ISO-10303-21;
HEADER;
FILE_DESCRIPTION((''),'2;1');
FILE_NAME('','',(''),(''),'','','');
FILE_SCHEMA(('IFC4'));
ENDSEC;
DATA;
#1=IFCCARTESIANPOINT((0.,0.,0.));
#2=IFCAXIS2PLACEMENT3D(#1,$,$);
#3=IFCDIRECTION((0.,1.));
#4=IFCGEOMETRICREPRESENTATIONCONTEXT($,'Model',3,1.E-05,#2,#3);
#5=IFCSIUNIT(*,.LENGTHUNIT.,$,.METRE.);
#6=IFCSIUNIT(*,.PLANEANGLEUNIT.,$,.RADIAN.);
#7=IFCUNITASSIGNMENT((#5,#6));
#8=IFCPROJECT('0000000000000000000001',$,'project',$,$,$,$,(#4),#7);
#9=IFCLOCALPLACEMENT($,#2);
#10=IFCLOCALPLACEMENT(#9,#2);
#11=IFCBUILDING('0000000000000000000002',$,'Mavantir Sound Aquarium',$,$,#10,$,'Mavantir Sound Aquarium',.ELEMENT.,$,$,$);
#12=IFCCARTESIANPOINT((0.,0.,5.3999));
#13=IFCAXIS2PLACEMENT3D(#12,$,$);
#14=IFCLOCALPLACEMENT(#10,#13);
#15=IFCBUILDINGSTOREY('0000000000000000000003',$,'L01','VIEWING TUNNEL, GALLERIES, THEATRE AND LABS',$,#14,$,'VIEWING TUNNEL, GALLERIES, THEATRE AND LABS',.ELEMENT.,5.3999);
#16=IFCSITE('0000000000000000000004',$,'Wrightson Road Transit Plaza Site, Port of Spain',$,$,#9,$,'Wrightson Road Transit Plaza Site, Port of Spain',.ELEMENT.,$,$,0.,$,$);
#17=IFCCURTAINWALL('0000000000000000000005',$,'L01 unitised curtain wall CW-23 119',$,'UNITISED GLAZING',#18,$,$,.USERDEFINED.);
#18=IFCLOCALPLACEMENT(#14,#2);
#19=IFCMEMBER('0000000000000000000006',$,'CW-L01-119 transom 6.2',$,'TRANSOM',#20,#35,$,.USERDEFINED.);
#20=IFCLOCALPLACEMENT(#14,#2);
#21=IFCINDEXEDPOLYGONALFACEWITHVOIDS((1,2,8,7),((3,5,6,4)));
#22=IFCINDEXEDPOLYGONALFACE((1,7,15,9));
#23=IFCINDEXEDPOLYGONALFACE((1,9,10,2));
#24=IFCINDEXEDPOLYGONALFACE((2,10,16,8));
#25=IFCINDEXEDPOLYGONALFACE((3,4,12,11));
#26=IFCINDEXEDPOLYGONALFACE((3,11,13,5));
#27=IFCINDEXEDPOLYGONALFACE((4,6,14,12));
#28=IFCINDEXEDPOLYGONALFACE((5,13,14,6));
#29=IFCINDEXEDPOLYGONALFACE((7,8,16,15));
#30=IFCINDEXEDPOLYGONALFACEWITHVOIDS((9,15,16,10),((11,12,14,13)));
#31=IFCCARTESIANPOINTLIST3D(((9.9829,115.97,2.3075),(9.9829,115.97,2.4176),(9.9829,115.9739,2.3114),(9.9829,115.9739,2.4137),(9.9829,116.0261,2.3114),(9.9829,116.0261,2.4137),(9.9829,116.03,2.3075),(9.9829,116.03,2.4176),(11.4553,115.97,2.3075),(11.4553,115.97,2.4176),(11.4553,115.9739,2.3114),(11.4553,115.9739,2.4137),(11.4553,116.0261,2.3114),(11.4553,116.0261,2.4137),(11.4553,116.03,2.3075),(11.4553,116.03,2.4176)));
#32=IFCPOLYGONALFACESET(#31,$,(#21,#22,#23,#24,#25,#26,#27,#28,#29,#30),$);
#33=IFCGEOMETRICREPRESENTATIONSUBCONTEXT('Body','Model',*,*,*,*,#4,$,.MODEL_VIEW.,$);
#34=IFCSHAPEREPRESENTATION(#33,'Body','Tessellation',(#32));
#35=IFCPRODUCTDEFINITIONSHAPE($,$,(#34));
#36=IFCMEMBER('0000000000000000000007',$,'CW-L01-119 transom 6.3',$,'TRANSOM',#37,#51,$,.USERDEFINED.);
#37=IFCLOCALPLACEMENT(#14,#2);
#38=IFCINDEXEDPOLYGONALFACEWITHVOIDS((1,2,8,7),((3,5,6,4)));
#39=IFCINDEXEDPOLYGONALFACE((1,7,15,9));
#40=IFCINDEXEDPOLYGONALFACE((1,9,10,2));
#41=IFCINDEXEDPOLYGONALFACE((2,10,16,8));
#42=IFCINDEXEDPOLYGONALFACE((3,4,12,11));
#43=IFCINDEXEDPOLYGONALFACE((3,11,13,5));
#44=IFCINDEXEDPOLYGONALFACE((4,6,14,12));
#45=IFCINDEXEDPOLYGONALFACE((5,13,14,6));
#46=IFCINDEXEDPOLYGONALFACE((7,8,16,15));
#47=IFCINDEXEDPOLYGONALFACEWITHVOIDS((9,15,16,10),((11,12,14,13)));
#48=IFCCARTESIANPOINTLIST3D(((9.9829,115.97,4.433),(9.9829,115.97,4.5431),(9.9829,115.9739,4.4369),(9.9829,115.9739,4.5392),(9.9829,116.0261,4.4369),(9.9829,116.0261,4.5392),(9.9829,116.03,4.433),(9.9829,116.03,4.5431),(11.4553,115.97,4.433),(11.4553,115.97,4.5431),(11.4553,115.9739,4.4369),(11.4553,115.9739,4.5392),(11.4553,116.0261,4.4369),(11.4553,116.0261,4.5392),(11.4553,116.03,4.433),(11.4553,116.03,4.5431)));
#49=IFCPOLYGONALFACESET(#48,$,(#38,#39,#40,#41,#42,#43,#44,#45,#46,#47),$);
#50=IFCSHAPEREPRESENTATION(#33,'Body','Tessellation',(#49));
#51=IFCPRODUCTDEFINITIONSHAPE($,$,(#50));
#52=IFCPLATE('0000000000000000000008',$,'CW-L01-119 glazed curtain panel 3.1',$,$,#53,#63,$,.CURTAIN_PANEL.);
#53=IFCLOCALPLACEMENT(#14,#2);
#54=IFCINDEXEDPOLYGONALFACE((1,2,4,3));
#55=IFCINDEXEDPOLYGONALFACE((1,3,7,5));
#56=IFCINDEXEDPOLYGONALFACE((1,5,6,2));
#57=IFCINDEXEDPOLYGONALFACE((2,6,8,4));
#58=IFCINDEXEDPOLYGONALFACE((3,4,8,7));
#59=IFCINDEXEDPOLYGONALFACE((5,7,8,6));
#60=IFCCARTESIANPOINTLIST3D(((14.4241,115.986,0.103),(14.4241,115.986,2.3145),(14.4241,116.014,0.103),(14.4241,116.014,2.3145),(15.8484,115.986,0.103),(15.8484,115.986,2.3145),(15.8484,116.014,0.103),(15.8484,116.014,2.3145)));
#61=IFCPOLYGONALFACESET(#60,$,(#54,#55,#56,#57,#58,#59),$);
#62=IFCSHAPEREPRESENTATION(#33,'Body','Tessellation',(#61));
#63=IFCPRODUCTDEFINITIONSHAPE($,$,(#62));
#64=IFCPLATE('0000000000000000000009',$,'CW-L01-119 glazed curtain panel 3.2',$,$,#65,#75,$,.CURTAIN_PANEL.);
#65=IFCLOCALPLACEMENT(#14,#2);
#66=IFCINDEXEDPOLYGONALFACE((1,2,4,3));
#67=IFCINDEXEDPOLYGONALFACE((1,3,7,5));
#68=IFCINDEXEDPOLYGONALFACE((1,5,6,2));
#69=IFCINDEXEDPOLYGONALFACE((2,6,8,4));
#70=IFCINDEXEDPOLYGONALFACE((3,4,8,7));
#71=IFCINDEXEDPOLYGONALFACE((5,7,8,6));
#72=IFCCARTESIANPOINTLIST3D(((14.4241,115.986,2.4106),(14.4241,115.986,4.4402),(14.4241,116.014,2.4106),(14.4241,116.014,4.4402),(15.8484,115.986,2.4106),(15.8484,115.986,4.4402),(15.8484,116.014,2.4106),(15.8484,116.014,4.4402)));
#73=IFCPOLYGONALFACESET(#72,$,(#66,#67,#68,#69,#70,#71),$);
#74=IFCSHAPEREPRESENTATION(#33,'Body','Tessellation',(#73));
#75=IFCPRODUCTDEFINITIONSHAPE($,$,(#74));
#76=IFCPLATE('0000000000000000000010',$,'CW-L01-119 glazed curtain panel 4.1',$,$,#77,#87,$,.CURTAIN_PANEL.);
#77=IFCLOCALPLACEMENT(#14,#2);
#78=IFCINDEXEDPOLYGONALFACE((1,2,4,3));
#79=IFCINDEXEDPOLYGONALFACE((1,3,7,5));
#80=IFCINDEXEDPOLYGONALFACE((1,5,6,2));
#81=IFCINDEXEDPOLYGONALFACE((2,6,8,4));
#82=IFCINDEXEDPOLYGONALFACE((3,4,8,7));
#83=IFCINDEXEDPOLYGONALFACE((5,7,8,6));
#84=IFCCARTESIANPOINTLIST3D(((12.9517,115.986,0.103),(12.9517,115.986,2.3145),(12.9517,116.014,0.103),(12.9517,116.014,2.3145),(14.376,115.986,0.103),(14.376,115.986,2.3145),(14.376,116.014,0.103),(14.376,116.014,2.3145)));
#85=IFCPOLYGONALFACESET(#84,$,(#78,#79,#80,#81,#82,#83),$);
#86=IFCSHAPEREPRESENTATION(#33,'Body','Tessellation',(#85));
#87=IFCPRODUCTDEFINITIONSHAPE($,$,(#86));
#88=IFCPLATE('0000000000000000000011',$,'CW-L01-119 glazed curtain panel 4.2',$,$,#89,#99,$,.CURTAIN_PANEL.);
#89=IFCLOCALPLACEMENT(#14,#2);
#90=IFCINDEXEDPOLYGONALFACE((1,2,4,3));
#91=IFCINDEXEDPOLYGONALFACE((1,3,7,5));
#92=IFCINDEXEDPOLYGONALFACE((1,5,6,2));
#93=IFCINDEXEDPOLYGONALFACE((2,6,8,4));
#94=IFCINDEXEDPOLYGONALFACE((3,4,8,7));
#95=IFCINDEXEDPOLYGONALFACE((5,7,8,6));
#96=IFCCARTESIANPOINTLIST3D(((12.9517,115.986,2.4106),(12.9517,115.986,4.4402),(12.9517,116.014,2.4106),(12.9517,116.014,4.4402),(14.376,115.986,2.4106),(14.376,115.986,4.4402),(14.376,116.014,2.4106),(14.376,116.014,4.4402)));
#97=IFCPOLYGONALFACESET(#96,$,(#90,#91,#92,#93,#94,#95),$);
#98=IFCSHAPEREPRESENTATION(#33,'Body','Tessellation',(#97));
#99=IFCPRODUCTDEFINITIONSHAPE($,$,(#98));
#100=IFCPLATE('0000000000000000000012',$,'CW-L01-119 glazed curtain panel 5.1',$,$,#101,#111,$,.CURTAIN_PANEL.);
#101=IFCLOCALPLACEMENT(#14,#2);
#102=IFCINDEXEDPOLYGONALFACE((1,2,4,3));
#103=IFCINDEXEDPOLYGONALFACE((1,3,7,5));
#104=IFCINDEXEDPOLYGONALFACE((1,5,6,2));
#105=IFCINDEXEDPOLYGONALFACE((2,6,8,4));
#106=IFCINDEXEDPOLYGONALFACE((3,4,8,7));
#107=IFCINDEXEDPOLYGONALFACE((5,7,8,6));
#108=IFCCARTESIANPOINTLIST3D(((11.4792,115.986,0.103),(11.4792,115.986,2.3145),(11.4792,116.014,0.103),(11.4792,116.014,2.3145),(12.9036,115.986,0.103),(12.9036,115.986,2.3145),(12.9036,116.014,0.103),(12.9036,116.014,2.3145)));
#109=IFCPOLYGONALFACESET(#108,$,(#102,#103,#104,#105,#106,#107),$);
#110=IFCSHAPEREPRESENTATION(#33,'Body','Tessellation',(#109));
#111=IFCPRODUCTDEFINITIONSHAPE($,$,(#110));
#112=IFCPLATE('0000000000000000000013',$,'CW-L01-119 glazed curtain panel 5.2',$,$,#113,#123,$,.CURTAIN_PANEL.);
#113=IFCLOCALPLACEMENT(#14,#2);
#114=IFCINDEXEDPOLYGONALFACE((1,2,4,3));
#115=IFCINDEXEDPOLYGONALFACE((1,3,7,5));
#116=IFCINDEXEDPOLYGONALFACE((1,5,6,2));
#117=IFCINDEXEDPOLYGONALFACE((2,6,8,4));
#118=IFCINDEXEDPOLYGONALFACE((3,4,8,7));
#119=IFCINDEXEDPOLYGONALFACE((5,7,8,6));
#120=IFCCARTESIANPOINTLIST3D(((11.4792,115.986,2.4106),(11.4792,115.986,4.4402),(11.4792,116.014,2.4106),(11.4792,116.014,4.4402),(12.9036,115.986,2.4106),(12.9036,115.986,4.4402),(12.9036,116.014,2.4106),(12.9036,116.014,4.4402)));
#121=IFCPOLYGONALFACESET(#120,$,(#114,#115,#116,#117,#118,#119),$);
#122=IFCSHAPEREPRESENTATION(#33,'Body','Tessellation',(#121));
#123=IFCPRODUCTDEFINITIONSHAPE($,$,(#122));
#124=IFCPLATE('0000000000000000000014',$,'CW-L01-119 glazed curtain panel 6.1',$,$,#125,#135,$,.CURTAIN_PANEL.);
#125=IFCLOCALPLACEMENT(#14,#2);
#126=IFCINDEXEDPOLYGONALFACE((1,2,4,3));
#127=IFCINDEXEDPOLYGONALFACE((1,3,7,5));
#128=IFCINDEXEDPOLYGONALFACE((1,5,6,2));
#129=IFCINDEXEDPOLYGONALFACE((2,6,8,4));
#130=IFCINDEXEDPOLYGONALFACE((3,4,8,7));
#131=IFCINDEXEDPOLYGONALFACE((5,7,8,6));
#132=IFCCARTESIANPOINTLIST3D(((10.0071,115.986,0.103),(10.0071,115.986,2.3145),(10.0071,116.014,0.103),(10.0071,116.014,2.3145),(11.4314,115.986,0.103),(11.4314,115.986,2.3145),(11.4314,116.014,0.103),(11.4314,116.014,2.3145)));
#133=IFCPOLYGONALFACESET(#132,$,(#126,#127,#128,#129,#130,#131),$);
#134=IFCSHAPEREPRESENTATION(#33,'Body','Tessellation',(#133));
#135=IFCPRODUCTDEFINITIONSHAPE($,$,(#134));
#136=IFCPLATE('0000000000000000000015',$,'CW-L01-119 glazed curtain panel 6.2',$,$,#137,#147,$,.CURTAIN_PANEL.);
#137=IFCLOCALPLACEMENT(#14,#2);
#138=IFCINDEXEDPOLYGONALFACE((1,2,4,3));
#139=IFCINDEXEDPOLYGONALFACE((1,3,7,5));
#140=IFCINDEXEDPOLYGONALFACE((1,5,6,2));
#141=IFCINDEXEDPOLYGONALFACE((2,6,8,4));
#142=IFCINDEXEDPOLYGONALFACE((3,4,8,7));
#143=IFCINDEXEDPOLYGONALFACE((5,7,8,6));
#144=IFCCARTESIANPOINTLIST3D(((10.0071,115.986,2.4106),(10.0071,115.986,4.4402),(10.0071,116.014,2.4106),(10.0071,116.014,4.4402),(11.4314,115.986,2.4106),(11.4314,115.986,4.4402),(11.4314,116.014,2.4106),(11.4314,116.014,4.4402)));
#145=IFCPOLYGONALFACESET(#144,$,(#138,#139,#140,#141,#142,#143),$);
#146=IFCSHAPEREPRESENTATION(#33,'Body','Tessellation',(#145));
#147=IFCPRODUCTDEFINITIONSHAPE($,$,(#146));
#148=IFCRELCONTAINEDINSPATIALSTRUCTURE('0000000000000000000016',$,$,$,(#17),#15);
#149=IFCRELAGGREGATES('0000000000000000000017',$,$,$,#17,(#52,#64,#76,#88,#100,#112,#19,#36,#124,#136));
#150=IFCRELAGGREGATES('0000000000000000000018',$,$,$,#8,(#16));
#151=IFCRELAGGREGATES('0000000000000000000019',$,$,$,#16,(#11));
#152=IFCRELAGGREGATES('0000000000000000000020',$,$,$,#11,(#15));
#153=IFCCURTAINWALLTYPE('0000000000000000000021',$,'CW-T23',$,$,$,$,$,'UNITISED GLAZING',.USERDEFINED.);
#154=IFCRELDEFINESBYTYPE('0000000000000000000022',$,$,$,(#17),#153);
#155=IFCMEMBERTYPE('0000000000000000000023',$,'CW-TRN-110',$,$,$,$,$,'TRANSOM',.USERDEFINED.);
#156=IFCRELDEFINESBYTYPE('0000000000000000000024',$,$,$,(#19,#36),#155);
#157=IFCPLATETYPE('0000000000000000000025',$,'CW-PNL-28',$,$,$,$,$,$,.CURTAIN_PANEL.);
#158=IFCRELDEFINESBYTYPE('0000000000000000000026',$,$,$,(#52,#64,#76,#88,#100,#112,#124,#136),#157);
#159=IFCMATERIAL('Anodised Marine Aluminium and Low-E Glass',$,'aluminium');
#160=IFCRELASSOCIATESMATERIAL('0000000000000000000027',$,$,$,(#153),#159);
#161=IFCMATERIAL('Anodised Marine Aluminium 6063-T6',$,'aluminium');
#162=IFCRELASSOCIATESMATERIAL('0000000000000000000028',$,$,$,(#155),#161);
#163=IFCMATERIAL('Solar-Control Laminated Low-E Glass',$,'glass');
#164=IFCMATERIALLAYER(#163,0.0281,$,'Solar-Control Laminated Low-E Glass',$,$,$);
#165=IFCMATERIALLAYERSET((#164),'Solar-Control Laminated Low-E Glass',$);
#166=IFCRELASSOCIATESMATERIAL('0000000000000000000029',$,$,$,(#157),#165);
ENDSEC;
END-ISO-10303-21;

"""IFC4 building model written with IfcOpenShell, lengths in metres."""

from ifc_helpers import new_model, si_unit, direction, frame, origin, origin_2d, place, context, subcontext, project, spatial, rectangle, hollow_rectangle, extrude, material, layer, layer_set, material_profile, profile_set, type_object, element, aggregate, save


model = new_model("IFC4")

# Units and contexts
model_context = context("Model", 3, precision=1e-05, world=origin(), true_north=direction((0.0, 1.0)))
body_context = subcontext(model_context, "Body", "Model", "MODEL_VIEW")
ifc_project = project(units=[si_unit("LENGTHUNIT", "METRE"), si_unit("PLANEANGLEUNIT", "RADIAN")], contexts=[model_context])

# Site, building, storey
site_placement = place(None, origin())
site = spatial("IfcSite", under=ifc_project, at=site_placement, Name="Wrightson Road Transit Plaza Site, Port of Spain", LongName="Wrightson Road Transit Plaza Site, Port of Spain", CompositionType="ELEMENT", RefElevation=0.0)
building_placement = place(site_placement, origin())
building = spatial("IfcBuilding", under=site, at=building_placement, Name="Mavantir Sound Aquarium", LongName="Mavantir Sound Aquarium", CompositionType="ELEMENT")
storey_placement = place(building_placement, frame((0.0, 0.0, 5.3999)))
storey = spatial("IfcBuildingStorey", under=building, at=storey_placement, Name="L01", Description="VIEWING TUNNEL, GALLERIES, THEATRE AND LABS", LongName="VIEWING TUNNEL, GALLERIES, THEATRE AND LABS", CompositionType="ELEMENT", Elevation=5.3999)

# Curtain wall, members, plates
ifc_material_1 = material(Name="Anodised Marine Aluminium and Low-E Glass", Category="aluminium")
curtain_wall_type = type_object("IfcCurtainWallType", Name="CW-T23", ElementType="UNITISED GLAZING", PredefinedType="USERDEFINED", material=ifc_material_1)
curtain_wall_placement = place(storey_placement, origin())
curtain_wall = element("IfcCurtainWall", 1, at=curtain_wall_placement, inside=storey, type_object=curtain_wall_type, Name="L01 unitised curtain wall CW-23 119", ObjectType="UNITISED GLAZING", PredefinedType="USERDEFINED")
ifc_material_2 = material(Name="Anodised Marine Aluminium 6063-T6", Category="aluminium")
ifc_material_profile_1 = material_profile(ifc_material_2, hollow_rectangle(XDim=0.0601, YDim=0.1101, WallThickness=0.0039, at=origin_2d()), Name="ALU-TRANSOM-110X60")
ifc_profile_set_1 = profile_set([ifc_material_profile_1], Name="Anodised Marine Aluminium 6063-T6")
member_type_1 = type_object("IfcMemberType", Name="CW-TRN-110", ElementType="TRANSOM", PredefinedType="USERDEFINED", material=ifc_profile_set_1)
member_1_placement = place(storey_placement, frame((11.4553, 116.0, 2.3625), z_axis=(-1.0, 0.0, 0.0), x_axis=(0.0, -1.0, 0.0)))
member_1 = element("IfcMember", 2, at=member_1_placement, type_object=member_type_1, Name="CW-L01-119 transom 6.2", ObjectType="TRANSOM", PredefinedType="USERDEFINED", context=body_context, shape_type="SweptSolid", body=[
    extrude(hollow_rectangle(XDim=0.0601, YDim=0.1101, WallThickness=0.0039, at=origin_2d()), origin(), (0.0, 0.0, 1.0), 1.4724),
])
member_2_placement = place(storey_placement, frame((11.4553, 116.0, 4.488), z_axis=(-1.0, 0.0, 0.0), x_axis=(0.0, -1.0, 0.0)))
member_2 = element("IfcMember", 3, at=member_2_placement, type_object=member_type_1, Name="CW-L01-119 transom 6.3", ObjectType="TRANSOM", PredefinedType="USERDEFINED", context=body_context, shape_type="SweptSolid", body=[
    extrude(hollow_rectangle(XDim=0.0601, YDim=0.1101, WallThickness=0.0039, at=origin_2d()), origin(), (0.0, 0.0, 1.0), 1.4724),
])
ifc_material_3 = material(Name="Solar-Control Laminated Low-E Glass", Category="glass")
ifc_layer = layer(ifc_material_3, 0.0281, Name="Solar-Control Laminated Low-E Glass")
ifc_layer_set = layer_set([ifc_layer], Name="Solar-Control Laminated Low-E Glass")
plate_type = type_object("IfcPlateType", Name="CW-PNL-28", PredefinedType="CURTAIN_PANEL", material=ifc_layer_set)
plate_1_placement = place(storey_placement, frame((15.1362, 116.0, 0.103), z_axis=(0.0, 0.0, 1.0), x_axis=(-1.0, 0.0, 0.0)))
plate_1 = element("IfcPlate", 4, at=plate_1_placement, type_object=plate_type, Name="CW-L01-119 glazed curtain panel 3.1", PredefinedType="CURTAIN_PANEL", context=body_context, shape_type="SweptSolid", body=[
    extrude(rectangle(XDim=1.4243, YDim=0.0281, at=origin_2d()), origin(), (0.0, 0.0, 1.0), 2.2114),
])
plate_2_placement = place(storey_placement, frame((15.1362, 116.0, 2.4106), z_axis=(0.0, 0.0, 1.0), x_axis=(-1.0, 0.0, 0.0)))
plate_2 = element("IfcPlate", 5, at=plate_2_placement, type_object=plate_type, Name="CW-L01-119 glazed curtain panel 3.2", PredefinedType="CURTAIN_PANEL", context=body_context, shape_type="SweptSolid", body=[
    extrude(rectangle(XDim=1.4243, YDim=0.0281, at=origin_2d()), origin(), (0.0, 0.0, 1.0), 2.0295),
])
plate_3_placement = place(storey_placement, frame((13.6638, 116.0, 0.103), z_axis=(0.0, 0.0, 1.0), x_axis=(-1.0, 0.0, 0.0)))
plate_3 = element("IfcPlate", 6, at=plate_3_placement, type_object=plate_type, Name="CW-L01-119 glazed curtain panel 4.1", PredefinedType="CURTAIN_PANEL", context=body_context, shape_type="SweptSolid", body=[
    extrude(rectangle(XDim=1.4243, YDim=0.0281, at=origin_2d()), origin(), (0.0, 0.0, 1.0), 2.2114),
])
plate_4_placement = place(storey_placement, frame((13.6638, 116.0, 2.4106), z_axis=(0.0, 0.0, 1.0), x_axis=(-1.0, 0.0, 0.0)))
plate_4 = element("IfcPlate", 7, at=plate_4_placement, type_object=plate_type, Name="CW-L01-119 glazed curtain panel 4.2", PredefinedType="CURTAIN_PANEL", context=body_context, shape_type="SweptSolid", body=[
    extrude(rectangle(XDim=1.4243, YDim=0.0281, at=origin_2d()), origin(), (0.0, 0.0, 1.0), 2.0295),
])
plate_5_placement = place(storey_placement, frame((12.1914, 116.0, 0.103), z_axis=(0.0, 0.0, 1.0), x_axis=(-1.0, 0.0, 0.0)))
plate_5 = element("IfcPlate", 8, at=plate_5_placement, type_object=plate_type, Name="CW-L01-119 glazed curtain panel 5.1", PredefinedType="CURTAIN_PANEL", context=body_context, shape_type="SweptSolid", body=[
    extrude(rectangle(XDim=1.4243, YDim=0.0281, at=origin_2d()), origin(), (0.0, 0.0, 1.0), 2.2114),
])
plate_6_placement = place(storey_placement, frame((12.1914, 116.0, 2.4106), z_axis=(0.0, 0.0, 1.0), x_axis=(-1.0, 0.0, 0.0)))
plate_6 = element("IfcPlate", 9, at=plate_6_placement, type_object=plate_type, Name="CW-L01-119 glazed curtain panel 5.2", PredefinedType="CURTAIN_PANEL", context=body_context, shape_type="SweptSolid", body=[
    extrude(rectangle(XDim=1.4243, YDim=0.0281, at=origin_2d()), origin(), (0.0, 0.0, 1.0), 2.0295),
])
plate_7_placement = place(storey_placement, frame((10.7192, 116.0, 0.103), z_axis=(0.0, 0.0, 1.0), x_axis=(-1.0, 0.0, 0.0)))
plate_7 = element("IfcPlate", 10, at=plate_7_placement, type_object=plate_type, Name="CW-L01-119 glazed curtain panel 6.1", PredefinedType="CURTAIN_PANEL", context=body_context, shape_type="SweptSolid", body=[
    extrude(rectangle(XDim=1.4243, YDim=0.0281, at=origin_2d()), origin(), (0.0, 0.0, 1.0), 2.2114),
])
plate_8_placement = place(storey_placement, frame((10.7192, 116.0, 2.4106), z_axis=(0.0, 0.0, 1.0), x_axis=(-1.0, 0.0, 0.0)))
plate_8 = element("IfcPlate", 11, at=plate_8_placement, type_object=plate_type, Name="CW-L01-119 glazed curtain panel 6.2", PredefinedType="CURTAIN_PANEL", context=body_context, shape_type="SweptSolid", body=[
    extrude(rectangle(XDim=1.4243, YDim=0.0281, at=origin_2d()), origin(), (0.0, 0.0, 1.0), 2.0295),
])
aggregate(curtain_wall, [plate_1, plate_2, plate_3, plate_4, plate_5, plate_6, member_1, member_2, plate_7, plate_8])

save(model, "model.ifc")
